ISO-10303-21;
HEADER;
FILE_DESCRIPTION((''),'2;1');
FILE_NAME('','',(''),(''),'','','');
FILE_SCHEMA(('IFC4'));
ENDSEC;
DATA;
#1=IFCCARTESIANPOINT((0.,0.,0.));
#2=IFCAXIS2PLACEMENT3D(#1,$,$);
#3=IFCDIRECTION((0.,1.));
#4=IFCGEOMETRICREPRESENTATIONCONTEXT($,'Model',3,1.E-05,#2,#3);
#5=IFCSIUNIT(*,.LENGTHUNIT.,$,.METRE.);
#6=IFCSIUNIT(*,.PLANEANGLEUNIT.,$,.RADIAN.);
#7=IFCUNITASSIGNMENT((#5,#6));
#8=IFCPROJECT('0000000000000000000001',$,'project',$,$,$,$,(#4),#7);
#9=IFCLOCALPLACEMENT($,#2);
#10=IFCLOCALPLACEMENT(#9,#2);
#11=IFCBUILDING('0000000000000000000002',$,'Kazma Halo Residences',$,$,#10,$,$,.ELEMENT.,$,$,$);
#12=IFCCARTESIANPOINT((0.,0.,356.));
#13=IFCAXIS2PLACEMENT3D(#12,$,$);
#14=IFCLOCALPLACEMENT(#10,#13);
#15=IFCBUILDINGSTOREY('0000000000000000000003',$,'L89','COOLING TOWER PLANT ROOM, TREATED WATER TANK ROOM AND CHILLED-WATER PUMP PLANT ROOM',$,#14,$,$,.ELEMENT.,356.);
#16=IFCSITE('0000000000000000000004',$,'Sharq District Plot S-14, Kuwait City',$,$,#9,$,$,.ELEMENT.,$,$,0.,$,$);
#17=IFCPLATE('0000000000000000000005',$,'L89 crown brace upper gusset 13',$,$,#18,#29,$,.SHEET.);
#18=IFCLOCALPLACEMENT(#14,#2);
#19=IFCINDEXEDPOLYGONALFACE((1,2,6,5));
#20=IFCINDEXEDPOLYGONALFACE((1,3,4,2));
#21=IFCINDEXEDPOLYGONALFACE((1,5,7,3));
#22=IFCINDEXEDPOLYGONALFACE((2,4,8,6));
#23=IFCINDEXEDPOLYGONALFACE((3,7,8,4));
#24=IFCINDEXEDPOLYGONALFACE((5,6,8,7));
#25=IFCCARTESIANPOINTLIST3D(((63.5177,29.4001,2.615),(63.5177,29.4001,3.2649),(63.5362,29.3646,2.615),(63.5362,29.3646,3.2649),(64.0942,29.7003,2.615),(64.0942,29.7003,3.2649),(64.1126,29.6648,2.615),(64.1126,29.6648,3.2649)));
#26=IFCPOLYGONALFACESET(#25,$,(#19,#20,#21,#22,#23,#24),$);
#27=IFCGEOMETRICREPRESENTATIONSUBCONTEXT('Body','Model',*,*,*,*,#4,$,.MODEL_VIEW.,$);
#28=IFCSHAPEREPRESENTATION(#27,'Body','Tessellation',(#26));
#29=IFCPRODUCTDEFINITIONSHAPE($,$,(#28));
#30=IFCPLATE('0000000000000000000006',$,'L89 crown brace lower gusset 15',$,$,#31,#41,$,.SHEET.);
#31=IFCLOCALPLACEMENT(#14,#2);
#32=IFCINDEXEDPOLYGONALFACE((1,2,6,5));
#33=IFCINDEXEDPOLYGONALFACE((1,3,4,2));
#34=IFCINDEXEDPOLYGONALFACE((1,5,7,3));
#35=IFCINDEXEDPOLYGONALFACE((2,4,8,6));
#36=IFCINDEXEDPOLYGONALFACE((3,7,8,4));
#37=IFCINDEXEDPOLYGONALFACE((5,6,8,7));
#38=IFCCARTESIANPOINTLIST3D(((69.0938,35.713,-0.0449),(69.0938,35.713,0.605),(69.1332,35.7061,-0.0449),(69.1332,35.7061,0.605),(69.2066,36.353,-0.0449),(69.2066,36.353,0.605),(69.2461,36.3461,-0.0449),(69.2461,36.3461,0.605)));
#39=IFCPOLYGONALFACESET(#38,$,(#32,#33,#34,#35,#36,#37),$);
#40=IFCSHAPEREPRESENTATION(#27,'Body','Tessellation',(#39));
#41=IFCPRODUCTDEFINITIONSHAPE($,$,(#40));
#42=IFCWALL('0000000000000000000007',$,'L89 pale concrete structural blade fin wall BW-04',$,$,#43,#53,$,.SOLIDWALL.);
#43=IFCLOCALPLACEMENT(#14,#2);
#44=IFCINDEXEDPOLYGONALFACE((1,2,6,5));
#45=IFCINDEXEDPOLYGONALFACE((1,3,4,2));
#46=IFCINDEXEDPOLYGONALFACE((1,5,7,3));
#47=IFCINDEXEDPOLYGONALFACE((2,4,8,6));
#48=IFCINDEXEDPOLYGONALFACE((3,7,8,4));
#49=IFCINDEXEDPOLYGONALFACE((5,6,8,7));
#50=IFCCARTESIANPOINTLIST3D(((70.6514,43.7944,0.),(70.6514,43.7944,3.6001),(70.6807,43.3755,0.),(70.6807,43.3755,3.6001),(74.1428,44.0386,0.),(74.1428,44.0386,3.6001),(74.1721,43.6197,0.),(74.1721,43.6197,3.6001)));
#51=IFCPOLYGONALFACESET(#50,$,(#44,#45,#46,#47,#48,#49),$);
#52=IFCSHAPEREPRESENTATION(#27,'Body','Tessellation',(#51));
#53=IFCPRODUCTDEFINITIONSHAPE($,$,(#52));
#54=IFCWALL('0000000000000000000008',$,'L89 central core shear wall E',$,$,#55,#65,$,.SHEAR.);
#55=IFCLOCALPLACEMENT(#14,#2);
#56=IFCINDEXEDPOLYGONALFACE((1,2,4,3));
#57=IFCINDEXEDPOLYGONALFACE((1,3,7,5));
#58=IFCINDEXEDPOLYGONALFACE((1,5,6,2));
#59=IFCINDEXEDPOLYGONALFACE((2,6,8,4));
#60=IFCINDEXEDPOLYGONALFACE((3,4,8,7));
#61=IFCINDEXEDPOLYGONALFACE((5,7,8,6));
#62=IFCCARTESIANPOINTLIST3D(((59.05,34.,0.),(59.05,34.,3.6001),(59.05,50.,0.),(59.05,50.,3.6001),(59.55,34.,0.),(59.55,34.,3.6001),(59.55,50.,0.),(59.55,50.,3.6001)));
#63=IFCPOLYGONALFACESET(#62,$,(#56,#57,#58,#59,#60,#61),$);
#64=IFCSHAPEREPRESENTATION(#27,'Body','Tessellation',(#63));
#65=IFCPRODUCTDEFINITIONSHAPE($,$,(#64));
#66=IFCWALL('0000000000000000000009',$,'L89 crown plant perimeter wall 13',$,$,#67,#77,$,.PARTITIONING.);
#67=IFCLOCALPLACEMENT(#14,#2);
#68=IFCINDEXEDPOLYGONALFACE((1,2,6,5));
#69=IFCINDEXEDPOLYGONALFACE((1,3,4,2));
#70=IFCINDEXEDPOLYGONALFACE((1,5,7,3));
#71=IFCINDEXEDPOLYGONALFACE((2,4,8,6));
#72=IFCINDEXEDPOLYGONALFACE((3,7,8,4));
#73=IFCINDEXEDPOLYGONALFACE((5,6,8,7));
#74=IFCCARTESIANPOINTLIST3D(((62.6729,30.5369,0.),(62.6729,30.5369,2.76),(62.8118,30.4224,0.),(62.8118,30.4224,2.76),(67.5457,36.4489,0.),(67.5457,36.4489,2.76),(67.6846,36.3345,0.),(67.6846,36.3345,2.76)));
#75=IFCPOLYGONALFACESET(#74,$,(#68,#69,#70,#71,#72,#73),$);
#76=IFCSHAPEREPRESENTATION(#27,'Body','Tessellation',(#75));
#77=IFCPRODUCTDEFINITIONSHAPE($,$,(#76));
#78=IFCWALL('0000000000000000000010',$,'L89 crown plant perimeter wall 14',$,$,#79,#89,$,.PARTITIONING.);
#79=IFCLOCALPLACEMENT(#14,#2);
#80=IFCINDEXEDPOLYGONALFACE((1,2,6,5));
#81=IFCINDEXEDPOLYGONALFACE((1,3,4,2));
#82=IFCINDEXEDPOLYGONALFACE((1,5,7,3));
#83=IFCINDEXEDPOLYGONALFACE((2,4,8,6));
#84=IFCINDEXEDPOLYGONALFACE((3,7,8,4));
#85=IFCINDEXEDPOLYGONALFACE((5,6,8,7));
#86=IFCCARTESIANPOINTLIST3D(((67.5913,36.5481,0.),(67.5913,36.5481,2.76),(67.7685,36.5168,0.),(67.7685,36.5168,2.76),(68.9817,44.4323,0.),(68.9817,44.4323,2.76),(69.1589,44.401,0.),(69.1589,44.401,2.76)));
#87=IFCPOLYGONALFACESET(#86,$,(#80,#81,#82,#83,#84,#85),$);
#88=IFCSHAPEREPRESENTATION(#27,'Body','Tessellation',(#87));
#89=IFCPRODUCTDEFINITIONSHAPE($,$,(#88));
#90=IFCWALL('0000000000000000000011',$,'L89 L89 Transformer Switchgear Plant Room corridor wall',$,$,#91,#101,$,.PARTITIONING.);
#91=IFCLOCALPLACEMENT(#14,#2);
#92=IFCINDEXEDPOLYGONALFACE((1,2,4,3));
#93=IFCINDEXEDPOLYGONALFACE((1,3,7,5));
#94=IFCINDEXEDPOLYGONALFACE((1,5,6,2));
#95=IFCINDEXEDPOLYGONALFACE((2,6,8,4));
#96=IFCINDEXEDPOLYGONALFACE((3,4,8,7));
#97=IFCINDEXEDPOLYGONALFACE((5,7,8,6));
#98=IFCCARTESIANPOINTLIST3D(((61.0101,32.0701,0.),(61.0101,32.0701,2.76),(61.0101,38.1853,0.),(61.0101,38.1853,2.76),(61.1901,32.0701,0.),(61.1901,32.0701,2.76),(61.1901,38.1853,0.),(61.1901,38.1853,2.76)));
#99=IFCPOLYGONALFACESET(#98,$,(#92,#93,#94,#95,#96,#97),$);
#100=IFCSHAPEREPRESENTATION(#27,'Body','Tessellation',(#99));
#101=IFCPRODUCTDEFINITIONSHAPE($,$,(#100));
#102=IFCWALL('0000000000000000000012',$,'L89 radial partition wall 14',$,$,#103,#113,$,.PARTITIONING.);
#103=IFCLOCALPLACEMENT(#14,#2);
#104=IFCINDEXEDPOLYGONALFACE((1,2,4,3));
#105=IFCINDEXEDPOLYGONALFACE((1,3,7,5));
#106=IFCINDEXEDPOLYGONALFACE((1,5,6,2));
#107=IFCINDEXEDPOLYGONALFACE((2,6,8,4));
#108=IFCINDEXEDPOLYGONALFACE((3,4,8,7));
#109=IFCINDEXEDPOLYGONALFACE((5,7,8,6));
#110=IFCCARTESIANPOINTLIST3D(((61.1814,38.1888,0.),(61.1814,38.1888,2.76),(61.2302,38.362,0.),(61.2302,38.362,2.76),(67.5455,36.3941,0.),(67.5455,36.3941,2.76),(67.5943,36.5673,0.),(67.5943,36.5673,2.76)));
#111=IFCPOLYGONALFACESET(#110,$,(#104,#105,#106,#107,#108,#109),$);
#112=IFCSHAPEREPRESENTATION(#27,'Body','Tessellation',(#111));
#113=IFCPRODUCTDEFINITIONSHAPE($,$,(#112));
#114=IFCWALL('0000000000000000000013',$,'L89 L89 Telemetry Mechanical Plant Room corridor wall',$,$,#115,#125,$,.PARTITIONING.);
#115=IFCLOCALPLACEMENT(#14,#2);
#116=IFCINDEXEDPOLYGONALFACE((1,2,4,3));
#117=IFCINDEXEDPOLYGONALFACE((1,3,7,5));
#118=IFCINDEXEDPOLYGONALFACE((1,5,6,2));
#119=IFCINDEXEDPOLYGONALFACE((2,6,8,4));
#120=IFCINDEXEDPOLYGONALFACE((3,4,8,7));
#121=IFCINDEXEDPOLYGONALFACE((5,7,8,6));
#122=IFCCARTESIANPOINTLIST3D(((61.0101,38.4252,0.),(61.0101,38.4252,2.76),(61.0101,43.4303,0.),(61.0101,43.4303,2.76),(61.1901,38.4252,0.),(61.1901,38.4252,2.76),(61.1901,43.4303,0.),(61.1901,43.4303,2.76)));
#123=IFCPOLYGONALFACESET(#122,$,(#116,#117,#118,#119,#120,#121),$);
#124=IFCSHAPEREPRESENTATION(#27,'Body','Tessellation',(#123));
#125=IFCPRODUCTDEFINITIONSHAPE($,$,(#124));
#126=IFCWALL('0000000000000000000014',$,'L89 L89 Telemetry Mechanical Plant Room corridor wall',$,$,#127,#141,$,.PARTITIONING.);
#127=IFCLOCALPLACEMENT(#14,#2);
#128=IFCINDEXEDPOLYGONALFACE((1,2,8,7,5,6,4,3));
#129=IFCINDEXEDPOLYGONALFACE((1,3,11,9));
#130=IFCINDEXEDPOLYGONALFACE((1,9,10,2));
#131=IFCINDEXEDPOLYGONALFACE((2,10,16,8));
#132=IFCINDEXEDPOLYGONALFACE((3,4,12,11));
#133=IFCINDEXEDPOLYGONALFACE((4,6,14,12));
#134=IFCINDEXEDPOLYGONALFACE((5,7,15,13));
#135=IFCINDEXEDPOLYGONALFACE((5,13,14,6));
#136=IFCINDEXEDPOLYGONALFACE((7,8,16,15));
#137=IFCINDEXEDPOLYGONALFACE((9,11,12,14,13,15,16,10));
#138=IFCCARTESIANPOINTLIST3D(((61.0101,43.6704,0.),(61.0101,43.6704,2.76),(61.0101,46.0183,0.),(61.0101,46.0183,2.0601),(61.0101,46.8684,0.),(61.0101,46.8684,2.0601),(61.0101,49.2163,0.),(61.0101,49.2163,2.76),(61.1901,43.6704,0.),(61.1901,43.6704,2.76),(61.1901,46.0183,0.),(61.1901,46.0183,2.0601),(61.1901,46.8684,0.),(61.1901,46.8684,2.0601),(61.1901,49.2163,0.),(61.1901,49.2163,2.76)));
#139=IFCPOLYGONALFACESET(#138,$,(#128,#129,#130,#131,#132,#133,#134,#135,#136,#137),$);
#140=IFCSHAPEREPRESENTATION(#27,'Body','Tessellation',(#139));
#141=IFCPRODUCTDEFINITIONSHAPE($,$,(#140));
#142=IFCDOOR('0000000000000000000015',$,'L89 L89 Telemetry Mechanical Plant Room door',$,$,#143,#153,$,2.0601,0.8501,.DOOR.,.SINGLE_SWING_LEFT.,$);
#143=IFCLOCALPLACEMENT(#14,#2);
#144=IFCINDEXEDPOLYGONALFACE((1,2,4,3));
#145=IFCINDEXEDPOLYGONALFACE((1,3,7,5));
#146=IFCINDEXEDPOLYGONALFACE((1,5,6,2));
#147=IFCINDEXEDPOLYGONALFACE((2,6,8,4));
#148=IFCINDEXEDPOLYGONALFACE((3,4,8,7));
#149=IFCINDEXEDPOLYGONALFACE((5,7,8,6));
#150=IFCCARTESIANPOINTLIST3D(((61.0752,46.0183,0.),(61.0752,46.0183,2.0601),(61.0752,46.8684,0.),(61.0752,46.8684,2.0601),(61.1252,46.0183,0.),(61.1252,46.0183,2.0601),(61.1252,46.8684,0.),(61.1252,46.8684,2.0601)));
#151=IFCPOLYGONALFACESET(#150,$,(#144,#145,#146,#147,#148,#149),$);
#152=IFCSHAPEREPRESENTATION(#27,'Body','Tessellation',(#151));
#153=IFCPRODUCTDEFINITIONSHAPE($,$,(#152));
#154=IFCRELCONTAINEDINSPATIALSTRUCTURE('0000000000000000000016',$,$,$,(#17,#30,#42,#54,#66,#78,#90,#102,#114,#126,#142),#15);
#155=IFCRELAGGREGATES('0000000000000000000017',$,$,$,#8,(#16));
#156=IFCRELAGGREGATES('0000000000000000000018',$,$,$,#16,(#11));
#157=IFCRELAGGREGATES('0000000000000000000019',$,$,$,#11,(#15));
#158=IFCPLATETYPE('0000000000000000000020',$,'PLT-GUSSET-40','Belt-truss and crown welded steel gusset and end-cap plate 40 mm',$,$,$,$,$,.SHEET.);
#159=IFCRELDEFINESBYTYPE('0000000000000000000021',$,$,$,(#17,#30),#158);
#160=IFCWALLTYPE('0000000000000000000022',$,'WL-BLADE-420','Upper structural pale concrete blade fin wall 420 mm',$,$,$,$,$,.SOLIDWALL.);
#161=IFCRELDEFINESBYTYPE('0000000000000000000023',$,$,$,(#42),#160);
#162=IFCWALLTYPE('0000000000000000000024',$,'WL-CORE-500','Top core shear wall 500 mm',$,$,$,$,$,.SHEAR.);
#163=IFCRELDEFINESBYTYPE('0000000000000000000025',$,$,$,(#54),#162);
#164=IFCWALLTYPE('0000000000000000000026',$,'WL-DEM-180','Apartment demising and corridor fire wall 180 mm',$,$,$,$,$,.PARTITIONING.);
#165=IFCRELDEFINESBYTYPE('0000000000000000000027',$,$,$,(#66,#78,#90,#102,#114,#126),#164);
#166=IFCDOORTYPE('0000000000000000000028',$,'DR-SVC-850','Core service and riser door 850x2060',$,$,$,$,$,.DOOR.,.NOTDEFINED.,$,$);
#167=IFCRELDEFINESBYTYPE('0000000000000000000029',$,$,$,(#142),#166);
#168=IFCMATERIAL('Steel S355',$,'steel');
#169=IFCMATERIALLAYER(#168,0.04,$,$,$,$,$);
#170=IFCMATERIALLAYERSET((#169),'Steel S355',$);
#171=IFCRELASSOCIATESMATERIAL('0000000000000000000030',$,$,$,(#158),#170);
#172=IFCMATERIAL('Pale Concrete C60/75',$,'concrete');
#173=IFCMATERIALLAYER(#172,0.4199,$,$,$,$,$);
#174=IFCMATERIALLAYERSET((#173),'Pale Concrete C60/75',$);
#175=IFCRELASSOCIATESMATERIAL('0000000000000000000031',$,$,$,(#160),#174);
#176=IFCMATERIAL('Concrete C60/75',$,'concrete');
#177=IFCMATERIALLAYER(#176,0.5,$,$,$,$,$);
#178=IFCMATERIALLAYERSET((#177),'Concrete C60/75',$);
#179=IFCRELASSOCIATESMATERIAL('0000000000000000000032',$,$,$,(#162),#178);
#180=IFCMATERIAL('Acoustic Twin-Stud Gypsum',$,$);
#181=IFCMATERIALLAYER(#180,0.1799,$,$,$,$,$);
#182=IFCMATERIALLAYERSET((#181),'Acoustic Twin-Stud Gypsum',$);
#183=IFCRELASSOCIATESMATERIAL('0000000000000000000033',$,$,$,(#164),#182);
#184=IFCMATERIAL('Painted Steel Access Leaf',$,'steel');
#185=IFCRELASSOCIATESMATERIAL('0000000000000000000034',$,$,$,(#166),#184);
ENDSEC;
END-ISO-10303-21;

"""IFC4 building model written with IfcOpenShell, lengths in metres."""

from ifc_helpers import new_model, si_unit, direction, frame, frame_2d, origin, origin_2d, place, context, subcontext, project, spatial, rectangle, extrude, material, layer, layer_set, type_object, element, fill, save


model = new_model("IFC4")

# Units and contexts
model_context = context("Model", 3, precision=1e-05, world=origin(), true_north=direction((0.0, 1.0)))
body_context = subcontext(model_context, "Body", "Model", "MODEL_VIEW")
ifc_project = project(units=[si_unit("LENGTHUNIT", "METRE"), si_unit("PLANEANGLEUNIT", "RADIAN")], contexts=[model_context])

# Site, building, storey
site_placement = place(None, origin())
site = spatial("IfcSite", under=ifc_project, at=site_placement, Name="Sharq District Plot S-14, Kuwait City", CompositionType="ELEMENT", RefElevation=0.0)
building_placement = place(site_placement, origin())
building = spatial("IfcBuilding", under=site, at=building_placement, Name="Kazma Halo Residences", CompositionType="ELEMENT")
storey_placement = place(building_placement, frame((0.0, 0.0, 356.0)))
storey = spatial("IfcBuildingStorey", under=building, at=storey_placement, Name="L89", Description="COOLING TOWER PLANT ROOM, TREATED WATER TANK ROOM AND CHILLED-WATER PUMP PLANT ROOM", CompositionType="ELEMENT", Elevation=356.0)

# Shared definitions
ifc_material_1 = material(Name="Steel S355", Category="steel")

# Plates
ifc_layer_1 = layer(ifc_material_1, 0.04)
ifc_layer_set_1 = layer_set([ifc_layer_1], Name="Steel S355")
plate_type_1 = type_object("IfcPlateType", Name="PLT-GUSSET-40", Description="Belt-truss and crown welded steel gusset and end-cap plate 40 mm", PredefinedType="SHEET", material=ifc_layer_set_1)
for number, where, z_axis, x_axis, name in (
    (1, (63.8152, 29.5325, 2.615), (0.0, 0.0, 1.0), (0.88695, 0.461866, 0.0), "L89 crown brace upper gusset 13"),
    (2, (69.1699, 36.0295, -0.0449), (0.0, 0.0, 1.0), (0.173656, 0.984806, 0.0), "L89 crown brace lower gusset 15"),
):
    element("IfcPlate", number, at=place(storey_placement, frame(where, z_axis=z_axis, x_axis=x_axis)), inside=storey, type_object=plate_type_1, Name=name, PredefinedType="SHEET", context=body_context, shape_type="SweptSolid", body=[
        extrude(rectangle(XDim=0.6499, YDim=0.04, at=origin_2d()), origin(), (0.0, 0.0, 1.0), 0.6499),
    ])

# Walls
ifc_material_2 = material(Name="Pale Concrete C60/75", Category="concrete")
ifc_layer_2 = layer(ifc_material_2, 0.4199)
ifc_layer_set_2 = layer_set([ifc_layer_2], Name="Pale Concrete C60/75")
wall_type_1 = type_object("IfcWallType", Name="WL-BLADE-420", Description="Upper structural pale concrete blade fin wall 420 mm", PredefinedType="SOLIDWALL", material=ifc_layer_set_2)
wall_1_placement = place(storey_placement, frame((70.666, 43.585, 0.0), z_axis=(0.0, 0.0, 1.0), x_axis=(0.997564, 0.069755, 0.0)))
element("IfcWall", 3, at=wall_1_placement, inside=storey, type_object=wall_type_1, Name="L89 pale concrete structural blade fin wall BW-04", PredefinedType="SOLIDWALL", context=body_context, shape_type="SweptSolid", body=[
    extrude(rectangle(XDim=3.5, YDim=0.4199, at=frame_2d((1.75, 0.0))), origin(), (0.0, 0.0, 1.0), 3.6001),
])
ifc_material_3 = material(Name="Concrete C60/75", Category="concrete")
ifc_layer_3 = layer(ifc_material_3, 0.5)
ifc_layer_set_3 = layer_set([ifc_layer_3], Name="Concrete C60/75")
wall_type_2 = type_object("IfcWallType", Name="WL-CORE-500", Description="Top core shear wall 500 mm", PredefinedType="SHEAR", material=ifc_layer_set_3)
wall_2_placement = place(storey_placement, frame((59.3, 34.0, 0.0), z_axis=(0.0, 0.0, 1.0), x_axis=(0.0, 1.0, 0.0)))
element("IfcWall", 4, at=wall_2_placement, inside=storey, type_object=wall_type_2, Name="L89 central core shear wall E", PredefinedType="SHEAR", context=body_context, shape_type="SweptSolid", body=[
    extrude(rectangle(XDim=16.0, YDim=0.5, at=frame_2d((8.0, 0.0))), origin(), (0.0, 0.0, 1.0), 3.6001),
])
ifc_material_4 = material(Name="Acoustic Twin-Stud Gypsum")
ifc_layer_4 = layer(ifc_material_4, 0.1799)
ifc_layer_set_4 = layer_set([ifc_layer_4], Name="Acoustic Twin-Stud Gypsum")
wall_type_3 = type_object("IfcWallType", Name="WL-DEM-180", Description="Apartment demising and corridor fire wall 180 mm", PredefinedType="PARTITIONING", material=ifc_layer_set_4)
wall_3_placement = place(storey_placement, frame((62.7424, 30.4797, 0.0), z_axis=(0.0, 0.0, 1.0), x_axis=(0.636019, 0.771674, 0.0)))
element("IfcWall", 5, at=wall_3_placement, inside=storey, type_object=wall_type_3, Name="L89 crown plant perimeter wall 13", PredefinedType="PARTITIONING", context=body_context, shape_type="SweptSolid", body=[
    extrude(rectangle(XDim=7.6614, YDim=0.1799, at=frame_2d((3.8306, 0.0))), origin(), (0.0, 0.0, 1.0), 2.76),
])
wall_4_placement = place(storey_placement, frame((67.6799, 36.5325, 0.0), z_axis=(0.0, 0.0, 1.0), x_axis=(0.173669, 0.984804, 0.0)))
element("IfcWall", 6, at=wall_4_placement, inside=storey, type_object=wall_type_3, Name="L89 crown plant perimeter wall 14", PredefinedType="PARTITIONING", context=body_context, shape_type="SweptSolid", body=[
    extrude(rectangle(XDim=8.0059, YDim=0.1799, at=frame_2d((4.0029, 0.0))), origin(), (0.0, 0.0, 1.0), 2.76),
])
wall_5_placement = place(storey_placement, frame((61.1001, 32.0701, 0.0), z_axis=(0.0, 0.0, 1.0), x_axis=(0.0, 1.0, 0.0)))
element("IfcWall", 7, at=wall_5_placement, inside=storey, type_object=wall_type_3, Name="L89 L89 Transformer Switchgear Plant Room corridor wall", PredefinedType="PARTITIONING", context=body_context, shape_type="SweptSolid", body=[
    extrude(rectangle(XDim=6.1152, YDim=0.1799, at=frame_2d((3.0576, 0.0))), origin(), (0.0, 0.0, 1.0), 2.76),
])
wall_6_placement = place(storey_placement, frame((61.2058, 38.2754, 0.0), z_axis=(0.0, 0.0, 1.0), x_axis=(0.962462, -0.271418, 0.0)))
element("IfcWall", 8, at=wall_6_placement, inside=storey, type_object=wall_type_3, Name="L89 radial partition wall 14", PredefinedType="PARTITIONING", context=body_context, shape_type="SweptSolid", body=[
    extrude(rectangle(XDim=6.6123, YDim=0.1799, at=frame_2d((3.3062, 0.0))), origin(), (0.0, 0.0, 1.0), 2.76),
])
wall_7_placement = place(storey_placement, frame((61.1001, 38.4253, 0.0), z_axis=(0.0, 0.0, 1.0), x_axis=(0.0, 1.0, 0.0)))
element("IfcWall", 9, at=wall_7_placement, inside=storey, type_object=wall_type_3, Name="L89 L89 Telemetry Mechanical Plant Room corridor wall", PredefinedType="PARTITIONING", context=body_context, shape_type="SweptSolid", body=[
    extrude(rectangle(XDim=5.0051, YDim=0.1799, at=frame_2d((2.5024, 0.0))), origin(), (0.0, 0.0, 1.0), 2.76),
])

# Wall, opening, door
wall_8_placement = place(storey_placement, frame((61.1001, 43.6704, 0.0), z_axis=(0.0, 0.0, 1.0), x_axis=(0.0, 1.0, 0.0)))
wall_8 = element("IfcWall", 10, at=wall_8_placement, inside=storey, type_object=wall_type_3, Name="L89 L89 Telemetry Mechanical Plant Room corridor wall", PredefinedType="PARTITIONING", context=body_context, shape_type="SweptSolid", body=[
    extrude(rectangle(XDim=5.5459, YDim=0.1799, at=frame_2d((2.7729, 0.0))), origin(), (0.0, 0.0, 1.0), 2.76),
])
opening_placement = place(wall_8_placement, frame((2.3479, 0.0, 0.0)))
opening = element("IfcOpeningElement", 11, at=opening_placement, cuts=wall_8, PredefinedType="OPENING", context=body_context, shape_type="SweptSolid", body=[
    extrude(rectangle(XDim=0.8501, YDim=2.0601, at=frame_2d((0.425, 1.03))), frame((0.0, 0.0999, 0.0), z_axis=(0.0, -1.0, 0.0), x_axis=(1.0, 0.0, 0.0)), (0.0, 0.0, 1.0), 0.2),
])
ifc_material_5 = material(Name="Painted Steel Access Leaf", Category="steel")
door_type = type_object("IfcDoorType", Name="DR-SVC-850", Description="Core service and riser door 850x2060", OperationType="NOTDEFINED", PredefinedType="DOOR", material=ifc_material_5)
door_placement = place(opening_placement, origin())
door = element("IfcDoor", 12, at=door_placement, inside=storey, type_object=door_type, Name="L89 L89 Telemetry Mechanical Plant Room door", OperationType="SINGLE_SWING_LEFT", OverallHeight=2.0601, OverallWidth=0.8501, PredefinedType="DOOR", context=body_context, shape_type="SweptSolid", body=[
    extrude(rectangle(XDim=0.8501, YDim=2.0601, at=frame_2d((0.425, 1.03))), frame((0.0, 0.0249, 0.0), z_axis=(0.0, -1.0, 0.0), x_axis=(1.0, 0.0, 0.0)), (0.0, 0.0, 1.0), 0.05),
])
fill(opening, door)

save(model, "model.ifc")
